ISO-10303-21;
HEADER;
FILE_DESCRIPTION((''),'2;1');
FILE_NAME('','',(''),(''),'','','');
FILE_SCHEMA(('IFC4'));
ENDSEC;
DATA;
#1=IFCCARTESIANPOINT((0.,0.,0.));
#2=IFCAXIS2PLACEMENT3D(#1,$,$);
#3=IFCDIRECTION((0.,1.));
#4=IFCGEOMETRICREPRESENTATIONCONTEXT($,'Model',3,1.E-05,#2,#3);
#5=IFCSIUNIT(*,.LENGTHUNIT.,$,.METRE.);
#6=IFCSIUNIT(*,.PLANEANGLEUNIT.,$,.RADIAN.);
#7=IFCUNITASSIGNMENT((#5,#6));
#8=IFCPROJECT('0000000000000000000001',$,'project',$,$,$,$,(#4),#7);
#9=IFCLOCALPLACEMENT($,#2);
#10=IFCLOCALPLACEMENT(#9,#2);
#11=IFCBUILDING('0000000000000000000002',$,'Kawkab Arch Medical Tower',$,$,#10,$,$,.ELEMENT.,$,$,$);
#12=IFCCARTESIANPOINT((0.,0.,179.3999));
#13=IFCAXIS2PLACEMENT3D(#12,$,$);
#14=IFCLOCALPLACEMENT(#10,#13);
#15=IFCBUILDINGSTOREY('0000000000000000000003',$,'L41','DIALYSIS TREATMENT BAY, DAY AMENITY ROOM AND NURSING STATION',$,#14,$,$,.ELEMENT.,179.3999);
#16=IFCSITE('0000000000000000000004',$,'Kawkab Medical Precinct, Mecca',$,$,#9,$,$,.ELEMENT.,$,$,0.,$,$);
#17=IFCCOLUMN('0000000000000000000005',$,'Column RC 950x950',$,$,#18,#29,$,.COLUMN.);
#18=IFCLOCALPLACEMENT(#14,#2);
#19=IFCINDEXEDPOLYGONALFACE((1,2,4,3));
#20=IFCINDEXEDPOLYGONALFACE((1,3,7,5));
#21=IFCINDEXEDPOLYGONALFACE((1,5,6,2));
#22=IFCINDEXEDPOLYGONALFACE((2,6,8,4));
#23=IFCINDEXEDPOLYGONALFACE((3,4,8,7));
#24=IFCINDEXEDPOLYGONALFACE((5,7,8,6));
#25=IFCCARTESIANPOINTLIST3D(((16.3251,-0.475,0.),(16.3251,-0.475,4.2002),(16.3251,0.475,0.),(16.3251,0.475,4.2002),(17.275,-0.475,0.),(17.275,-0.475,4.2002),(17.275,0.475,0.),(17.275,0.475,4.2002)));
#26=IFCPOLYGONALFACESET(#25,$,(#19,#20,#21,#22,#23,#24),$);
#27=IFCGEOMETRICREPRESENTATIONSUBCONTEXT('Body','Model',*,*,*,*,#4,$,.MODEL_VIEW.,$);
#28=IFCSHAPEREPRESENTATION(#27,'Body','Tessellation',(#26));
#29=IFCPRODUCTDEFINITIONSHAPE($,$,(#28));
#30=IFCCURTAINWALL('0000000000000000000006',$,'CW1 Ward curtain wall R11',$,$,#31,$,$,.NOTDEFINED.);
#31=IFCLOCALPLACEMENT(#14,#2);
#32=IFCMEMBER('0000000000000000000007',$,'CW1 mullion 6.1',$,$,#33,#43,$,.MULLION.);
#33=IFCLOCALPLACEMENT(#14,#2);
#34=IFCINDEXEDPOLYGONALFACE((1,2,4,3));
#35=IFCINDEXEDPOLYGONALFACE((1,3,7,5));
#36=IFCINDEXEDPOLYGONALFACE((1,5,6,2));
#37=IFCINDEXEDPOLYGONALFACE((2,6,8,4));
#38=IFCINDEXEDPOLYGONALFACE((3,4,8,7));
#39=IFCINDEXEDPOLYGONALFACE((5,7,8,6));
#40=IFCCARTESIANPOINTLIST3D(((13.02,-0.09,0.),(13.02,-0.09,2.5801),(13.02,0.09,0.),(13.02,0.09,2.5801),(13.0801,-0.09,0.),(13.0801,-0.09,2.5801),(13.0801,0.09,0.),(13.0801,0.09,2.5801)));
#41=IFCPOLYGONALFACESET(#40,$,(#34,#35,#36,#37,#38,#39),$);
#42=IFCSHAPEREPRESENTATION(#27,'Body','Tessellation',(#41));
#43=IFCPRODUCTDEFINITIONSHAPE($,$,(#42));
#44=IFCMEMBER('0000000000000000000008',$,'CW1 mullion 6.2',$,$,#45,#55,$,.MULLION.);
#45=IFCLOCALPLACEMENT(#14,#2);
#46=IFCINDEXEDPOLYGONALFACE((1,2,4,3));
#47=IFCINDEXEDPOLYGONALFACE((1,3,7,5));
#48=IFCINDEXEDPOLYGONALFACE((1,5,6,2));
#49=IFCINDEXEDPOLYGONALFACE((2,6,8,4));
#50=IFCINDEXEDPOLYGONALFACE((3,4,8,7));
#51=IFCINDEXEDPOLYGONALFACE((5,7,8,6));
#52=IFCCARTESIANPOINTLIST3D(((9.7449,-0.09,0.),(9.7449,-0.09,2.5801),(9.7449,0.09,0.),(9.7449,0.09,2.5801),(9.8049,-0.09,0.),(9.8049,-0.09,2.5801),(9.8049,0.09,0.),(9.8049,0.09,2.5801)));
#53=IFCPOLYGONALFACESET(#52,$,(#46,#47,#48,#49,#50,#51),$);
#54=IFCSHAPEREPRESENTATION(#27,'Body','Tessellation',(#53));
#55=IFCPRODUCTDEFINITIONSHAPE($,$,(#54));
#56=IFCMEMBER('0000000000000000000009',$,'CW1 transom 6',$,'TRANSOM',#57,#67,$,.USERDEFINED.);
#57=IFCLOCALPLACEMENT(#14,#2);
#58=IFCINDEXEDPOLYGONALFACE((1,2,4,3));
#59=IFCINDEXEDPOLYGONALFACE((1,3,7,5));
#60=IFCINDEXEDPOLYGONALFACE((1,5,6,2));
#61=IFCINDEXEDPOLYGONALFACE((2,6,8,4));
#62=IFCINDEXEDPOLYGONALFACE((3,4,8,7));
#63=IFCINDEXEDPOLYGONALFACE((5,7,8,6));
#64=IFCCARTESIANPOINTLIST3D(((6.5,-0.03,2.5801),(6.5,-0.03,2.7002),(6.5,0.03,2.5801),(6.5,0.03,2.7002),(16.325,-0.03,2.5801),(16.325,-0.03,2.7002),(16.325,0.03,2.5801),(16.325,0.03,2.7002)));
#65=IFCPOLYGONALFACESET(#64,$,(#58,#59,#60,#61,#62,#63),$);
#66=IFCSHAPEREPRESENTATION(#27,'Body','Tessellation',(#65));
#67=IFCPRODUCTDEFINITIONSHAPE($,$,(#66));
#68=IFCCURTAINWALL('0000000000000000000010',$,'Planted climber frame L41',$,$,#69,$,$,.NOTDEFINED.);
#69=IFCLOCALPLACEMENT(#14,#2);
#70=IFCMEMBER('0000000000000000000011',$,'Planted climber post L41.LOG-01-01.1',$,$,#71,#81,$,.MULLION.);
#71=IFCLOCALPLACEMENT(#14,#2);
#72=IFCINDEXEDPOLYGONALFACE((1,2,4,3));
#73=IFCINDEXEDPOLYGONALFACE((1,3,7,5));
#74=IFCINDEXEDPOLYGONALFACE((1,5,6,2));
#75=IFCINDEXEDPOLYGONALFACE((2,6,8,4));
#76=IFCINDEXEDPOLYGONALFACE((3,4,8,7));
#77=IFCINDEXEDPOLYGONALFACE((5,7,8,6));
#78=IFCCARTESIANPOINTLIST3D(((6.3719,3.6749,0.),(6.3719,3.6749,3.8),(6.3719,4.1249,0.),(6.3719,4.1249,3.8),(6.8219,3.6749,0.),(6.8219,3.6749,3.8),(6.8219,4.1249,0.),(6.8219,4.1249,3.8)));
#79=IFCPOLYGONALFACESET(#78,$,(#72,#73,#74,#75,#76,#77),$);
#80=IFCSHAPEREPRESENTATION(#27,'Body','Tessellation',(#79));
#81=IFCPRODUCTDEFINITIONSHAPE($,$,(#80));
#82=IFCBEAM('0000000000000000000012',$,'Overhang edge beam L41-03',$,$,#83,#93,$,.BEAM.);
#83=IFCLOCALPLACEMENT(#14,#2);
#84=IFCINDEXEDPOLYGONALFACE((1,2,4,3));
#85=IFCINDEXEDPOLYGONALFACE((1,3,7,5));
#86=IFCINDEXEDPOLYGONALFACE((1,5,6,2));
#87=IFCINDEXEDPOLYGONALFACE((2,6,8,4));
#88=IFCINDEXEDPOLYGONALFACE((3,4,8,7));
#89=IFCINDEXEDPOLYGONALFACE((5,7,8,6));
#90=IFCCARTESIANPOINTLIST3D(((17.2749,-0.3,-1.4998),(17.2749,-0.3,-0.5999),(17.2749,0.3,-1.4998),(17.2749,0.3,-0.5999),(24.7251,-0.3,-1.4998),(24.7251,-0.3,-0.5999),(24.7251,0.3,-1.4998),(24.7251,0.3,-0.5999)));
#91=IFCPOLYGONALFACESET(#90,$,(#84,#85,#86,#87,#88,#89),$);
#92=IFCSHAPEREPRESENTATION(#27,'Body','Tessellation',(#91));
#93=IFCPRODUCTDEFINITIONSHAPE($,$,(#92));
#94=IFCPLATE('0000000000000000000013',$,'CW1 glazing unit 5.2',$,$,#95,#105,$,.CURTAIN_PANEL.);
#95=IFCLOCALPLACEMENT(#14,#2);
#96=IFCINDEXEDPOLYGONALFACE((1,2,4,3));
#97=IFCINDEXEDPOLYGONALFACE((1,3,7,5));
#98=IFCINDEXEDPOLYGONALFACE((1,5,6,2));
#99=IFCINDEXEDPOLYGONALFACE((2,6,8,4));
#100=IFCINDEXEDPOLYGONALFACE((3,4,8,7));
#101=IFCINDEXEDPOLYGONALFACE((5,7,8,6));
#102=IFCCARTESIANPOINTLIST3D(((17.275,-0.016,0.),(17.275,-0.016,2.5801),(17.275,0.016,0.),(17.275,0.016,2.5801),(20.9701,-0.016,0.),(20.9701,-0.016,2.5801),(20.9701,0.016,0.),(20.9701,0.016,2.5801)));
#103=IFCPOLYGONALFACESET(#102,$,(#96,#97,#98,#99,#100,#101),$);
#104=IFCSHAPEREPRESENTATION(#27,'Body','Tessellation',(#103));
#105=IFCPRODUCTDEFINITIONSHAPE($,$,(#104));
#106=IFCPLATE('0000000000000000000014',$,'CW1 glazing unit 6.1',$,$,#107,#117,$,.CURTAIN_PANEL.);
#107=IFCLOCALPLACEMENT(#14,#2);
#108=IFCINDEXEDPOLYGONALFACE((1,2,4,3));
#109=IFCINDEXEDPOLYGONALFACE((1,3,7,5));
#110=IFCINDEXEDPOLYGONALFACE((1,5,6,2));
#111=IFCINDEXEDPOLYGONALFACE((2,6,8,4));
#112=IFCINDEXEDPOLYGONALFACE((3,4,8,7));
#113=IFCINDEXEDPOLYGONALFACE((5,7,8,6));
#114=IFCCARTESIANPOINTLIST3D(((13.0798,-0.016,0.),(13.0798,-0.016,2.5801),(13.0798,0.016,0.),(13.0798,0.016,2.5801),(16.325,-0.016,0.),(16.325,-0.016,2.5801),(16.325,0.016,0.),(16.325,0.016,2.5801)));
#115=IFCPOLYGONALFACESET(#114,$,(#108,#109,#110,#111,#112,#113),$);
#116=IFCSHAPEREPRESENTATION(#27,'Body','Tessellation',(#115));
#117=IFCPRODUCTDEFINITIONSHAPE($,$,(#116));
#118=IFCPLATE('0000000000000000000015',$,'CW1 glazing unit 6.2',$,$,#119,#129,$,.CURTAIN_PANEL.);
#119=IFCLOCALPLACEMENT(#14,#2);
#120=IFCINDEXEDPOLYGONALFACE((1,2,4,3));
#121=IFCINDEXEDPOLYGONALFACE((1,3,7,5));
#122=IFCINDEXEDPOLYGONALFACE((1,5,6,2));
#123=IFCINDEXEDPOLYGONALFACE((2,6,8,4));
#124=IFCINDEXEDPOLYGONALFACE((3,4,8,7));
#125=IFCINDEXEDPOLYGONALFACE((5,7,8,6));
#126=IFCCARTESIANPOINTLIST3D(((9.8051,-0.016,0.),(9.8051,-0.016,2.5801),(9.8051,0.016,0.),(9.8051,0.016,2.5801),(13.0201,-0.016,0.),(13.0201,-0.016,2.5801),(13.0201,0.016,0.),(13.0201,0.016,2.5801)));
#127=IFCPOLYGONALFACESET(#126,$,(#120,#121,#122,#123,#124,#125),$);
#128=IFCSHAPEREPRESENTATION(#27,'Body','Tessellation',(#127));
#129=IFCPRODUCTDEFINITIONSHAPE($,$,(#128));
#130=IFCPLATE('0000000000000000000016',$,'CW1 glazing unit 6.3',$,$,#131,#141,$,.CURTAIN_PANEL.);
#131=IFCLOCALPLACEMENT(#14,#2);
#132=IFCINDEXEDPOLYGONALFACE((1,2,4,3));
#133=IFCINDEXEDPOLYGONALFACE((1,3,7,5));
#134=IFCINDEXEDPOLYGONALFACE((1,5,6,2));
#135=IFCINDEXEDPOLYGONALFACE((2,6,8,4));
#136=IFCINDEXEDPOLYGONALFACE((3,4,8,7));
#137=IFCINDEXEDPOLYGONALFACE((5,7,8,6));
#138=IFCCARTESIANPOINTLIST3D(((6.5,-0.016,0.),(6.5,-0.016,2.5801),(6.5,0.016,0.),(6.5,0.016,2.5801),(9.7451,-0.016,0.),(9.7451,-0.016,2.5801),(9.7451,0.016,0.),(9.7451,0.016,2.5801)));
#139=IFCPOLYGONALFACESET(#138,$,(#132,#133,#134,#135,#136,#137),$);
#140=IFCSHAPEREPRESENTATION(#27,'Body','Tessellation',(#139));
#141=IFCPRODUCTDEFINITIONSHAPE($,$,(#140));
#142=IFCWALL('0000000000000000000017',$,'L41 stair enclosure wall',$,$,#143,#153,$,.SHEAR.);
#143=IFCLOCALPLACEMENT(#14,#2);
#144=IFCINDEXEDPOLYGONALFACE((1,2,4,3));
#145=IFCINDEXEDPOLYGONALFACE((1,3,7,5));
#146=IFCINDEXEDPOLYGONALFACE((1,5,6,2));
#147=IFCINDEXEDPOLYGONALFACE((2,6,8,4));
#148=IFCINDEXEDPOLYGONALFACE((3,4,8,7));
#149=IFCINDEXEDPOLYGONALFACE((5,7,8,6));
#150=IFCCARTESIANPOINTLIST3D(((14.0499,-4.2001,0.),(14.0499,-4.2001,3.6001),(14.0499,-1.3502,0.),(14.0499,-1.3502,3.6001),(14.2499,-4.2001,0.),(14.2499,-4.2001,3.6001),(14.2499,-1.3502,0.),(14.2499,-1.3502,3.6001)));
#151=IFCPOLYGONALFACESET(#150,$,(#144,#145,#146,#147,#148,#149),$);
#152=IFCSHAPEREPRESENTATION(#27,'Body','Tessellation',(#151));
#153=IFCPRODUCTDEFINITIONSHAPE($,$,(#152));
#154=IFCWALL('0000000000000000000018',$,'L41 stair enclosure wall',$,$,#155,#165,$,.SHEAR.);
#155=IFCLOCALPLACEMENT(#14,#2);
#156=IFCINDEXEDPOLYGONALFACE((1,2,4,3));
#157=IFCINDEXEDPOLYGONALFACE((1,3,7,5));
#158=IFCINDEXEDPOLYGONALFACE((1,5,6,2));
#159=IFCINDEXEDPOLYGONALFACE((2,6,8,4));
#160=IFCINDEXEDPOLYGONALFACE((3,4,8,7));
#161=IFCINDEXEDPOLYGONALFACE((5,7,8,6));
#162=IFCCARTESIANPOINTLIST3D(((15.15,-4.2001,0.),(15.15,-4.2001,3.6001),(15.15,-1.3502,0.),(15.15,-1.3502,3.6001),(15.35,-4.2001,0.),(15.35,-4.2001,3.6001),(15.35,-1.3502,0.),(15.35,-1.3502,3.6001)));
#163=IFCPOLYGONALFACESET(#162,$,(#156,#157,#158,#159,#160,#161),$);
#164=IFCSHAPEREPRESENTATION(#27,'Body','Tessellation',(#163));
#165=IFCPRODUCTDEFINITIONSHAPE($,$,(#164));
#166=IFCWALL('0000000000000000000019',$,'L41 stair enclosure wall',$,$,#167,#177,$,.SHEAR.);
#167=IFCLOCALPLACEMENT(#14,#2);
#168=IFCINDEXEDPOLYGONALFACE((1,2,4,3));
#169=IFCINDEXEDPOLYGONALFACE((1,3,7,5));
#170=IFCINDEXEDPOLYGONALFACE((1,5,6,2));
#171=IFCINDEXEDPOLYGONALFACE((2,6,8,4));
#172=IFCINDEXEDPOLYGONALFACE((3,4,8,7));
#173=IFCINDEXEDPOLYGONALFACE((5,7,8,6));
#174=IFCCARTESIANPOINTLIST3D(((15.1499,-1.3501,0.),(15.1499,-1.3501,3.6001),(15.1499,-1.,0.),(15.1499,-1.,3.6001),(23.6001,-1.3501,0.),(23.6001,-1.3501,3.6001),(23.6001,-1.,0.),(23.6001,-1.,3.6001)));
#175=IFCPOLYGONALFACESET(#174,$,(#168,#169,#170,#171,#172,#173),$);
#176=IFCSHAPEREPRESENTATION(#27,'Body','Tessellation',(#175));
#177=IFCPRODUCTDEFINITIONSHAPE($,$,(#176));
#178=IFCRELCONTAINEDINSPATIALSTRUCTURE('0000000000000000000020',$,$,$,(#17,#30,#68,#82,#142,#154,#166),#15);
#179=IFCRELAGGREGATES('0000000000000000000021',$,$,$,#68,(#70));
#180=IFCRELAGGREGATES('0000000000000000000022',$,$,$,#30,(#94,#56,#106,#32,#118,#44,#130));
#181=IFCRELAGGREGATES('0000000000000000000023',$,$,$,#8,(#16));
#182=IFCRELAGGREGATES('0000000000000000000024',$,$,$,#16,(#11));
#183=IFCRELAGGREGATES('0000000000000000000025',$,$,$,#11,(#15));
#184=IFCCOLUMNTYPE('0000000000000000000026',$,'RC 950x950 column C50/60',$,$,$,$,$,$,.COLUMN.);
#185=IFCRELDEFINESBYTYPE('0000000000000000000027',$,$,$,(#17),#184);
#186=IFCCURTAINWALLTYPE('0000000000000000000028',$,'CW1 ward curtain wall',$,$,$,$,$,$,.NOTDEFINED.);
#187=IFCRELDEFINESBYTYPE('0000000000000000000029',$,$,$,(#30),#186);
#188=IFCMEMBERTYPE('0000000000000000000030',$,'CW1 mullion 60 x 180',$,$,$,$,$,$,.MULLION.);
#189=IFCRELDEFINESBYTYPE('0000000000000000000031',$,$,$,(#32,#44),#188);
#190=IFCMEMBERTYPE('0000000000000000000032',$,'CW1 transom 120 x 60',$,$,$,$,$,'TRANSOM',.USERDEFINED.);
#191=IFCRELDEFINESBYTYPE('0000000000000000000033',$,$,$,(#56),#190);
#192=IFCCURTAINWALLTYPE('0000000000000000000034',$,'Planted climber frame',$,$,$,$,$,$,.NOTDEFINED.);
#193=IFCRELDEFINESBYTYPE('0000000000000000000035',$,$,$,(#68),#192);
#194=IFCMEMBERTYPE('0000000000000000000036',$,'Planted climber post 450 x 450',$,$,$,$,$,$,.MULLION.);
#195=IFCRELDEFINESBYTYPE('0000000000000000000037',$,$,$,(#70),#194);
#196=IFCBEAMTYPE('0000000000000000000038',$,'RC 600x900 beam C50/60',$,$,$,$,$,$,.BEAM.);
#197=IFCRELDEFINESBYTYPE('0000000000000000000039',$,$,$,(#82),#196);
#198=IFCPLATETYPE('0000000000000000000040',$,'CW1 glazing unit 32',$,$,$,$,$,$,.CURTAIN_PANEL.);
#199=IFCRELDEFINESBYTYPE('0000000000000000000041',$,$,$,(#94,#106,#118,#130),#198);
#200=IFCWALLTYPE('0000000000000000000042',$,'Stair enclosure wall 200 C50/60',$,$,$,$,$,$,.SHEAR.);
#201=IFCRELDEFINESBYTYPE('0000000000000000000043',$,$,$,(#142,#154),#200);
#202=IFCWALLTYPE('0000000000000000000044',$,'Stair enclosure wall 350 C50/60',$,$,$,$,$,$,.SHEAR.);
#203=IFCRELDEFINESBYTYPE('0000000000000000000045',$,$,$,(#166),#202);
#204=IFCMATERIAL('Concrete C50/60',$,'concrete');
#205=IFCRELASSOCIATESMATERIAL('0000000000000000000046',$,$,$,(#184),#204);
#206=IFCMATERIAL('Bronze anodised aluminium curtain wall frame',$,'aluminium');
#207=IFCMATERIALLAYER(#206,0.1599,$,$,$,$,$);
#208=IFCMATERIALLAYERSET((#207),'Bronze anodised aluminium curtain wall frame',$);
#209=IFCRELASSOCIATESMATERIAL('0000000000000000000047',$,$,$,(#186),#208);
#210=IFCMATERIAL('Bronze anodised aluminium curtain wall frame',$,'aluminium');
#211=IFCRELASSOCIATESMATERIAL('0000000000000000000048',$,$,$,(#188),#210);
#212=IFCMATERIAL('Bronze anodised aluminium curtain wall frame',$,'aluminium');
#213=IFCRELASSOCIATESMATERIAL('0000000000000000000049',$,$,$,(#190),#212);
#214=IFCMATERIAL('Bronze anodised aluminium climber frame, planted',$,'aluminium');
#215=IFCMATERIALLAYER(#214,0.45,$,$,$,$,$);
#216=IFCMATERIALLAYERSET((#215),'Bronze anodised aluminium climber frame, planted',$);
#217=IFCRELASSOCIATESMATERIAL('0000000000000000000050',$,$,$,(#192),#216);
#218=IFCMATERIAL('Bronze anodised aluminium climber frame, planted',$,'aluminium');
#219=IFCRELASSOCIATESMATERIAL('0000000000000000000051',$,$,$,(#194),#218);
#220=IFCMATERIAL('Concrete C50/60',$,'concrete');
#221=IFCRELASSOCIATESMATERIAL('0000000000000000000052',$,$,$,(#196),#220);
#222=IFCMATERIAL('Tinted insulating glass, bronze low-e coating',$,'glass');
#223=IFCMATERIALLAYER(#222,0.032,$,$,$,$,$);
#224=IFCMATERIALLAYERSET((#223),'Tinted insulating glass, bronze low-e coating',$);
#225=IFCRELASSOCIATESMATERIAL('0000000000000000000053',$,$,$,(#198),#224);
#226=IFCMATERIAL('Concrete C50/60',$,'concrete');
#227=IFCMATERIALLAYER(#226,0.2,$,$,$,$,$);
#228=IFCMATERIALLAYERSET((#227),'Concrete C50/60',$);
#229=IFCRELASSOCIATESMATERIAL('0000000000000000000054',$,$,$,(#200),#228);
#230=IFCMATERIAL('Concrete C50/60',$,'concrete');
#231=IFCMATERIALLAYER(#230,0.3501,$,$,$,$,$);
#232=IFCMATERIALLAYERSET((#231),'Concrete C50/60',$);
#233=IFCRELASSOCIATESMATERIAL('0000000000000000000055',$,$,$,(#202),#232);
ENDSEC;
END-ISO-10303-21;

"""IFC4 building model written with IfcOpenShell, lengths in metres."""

from ifc_helpers import new_model, si_unit, direction, frame, frame_2d, origin, origin_2d, place, context, subcontext, project, spatial, rectangle, extrude, material, layer, layer_set, material_profile, profile_set, type_object, element, aggregate, save


model = new_model("IFC4")

# Units and contexts
model_context = context("Model", 3, precision=1e-05, world=origin(), true_north=direction((0.0, 1.0)))
body_context = subcontext(model_context, "Body", "Model", "MODEL_VIEW")
ifc_project = project(units=[si_unit("LENGTHUNIT", "METRE"), si_unit("PLANEANGLEUNIT", "RADIAN")], contexts=[model_context])

# Site, building, storey
site_placement = place(None, origin())
site = spatial("IfcSite", under=ifc_project, at=site_placement, Name="Kawkab Medical Precinct, Mecca", CompositionType="ELEMENT", RefElevation=0.0)
building_placement = place(site_placement, origin())
building = spatial("IfcBuilding", under=site, at=building_placement, Name="Kawkab Arch Medical Tower", CompositionType="ELEMENT")
storey_placement = place(building_placement, frame((0.0, 0.0, 179.3999)))
storey = spatial("IfcBuildingStorey", under=building, at=storey_placement, Name="L41", Description="DIALYSIS TREATMENT BAY, DAY AMENITY ROOM AND NURSING STATION", CompositionType="ELEMENT", Elevation=179.3999)

# Column
ifc_material_1 = material(Name="Concrete C50/60", Category="concrete")
ifc_material_profile_1 = material_profile(ifc_material_1, rectangle(XDim=0.95, YDim=0.95, at=origin_2d()), Name="RC 950x950")
ifc_profile_set_1 = profile_set([ifc_material_profile_1], Name="Concrete C50/60")
column_type = type_object("IfcColumnType", Name="RC 950x950 column C50/60", PredefinedType="COLUMN", material=ifc_profile_set_1)
column_placement = place(storey_placement, frame((16.8, 0.0, 0.0), z_axis=(0.0, 0.0, 1.0), x_axis=(1.0, 0.0, 0.0)))
element("IfcColumn", 1, at=column_placement, inside=storey, type_object=column_type, Name="Column RC 950x950", PredefinedType="COLUMN", context=body_context, shape_type="SweptSolid", body=[
    extrude(rectangle(XDim=0.95, YDim=0.95, at=origin_2d()), origin(), (0.0, 0.0, 1.0), 4.2002),
])

# Curtain wall, members
ifc_material_2 = material(Name="Bronze anodised aluminium curtain wall frame", Category="aluminium")
ifc_layer_1 = layer(ifc_material_2, 0.1599)
ifc_layer_set_1 = layer_set([ifc_layer_1], Name="Bronze anodised aluminium curtain wall frame")
curtain_wall_type_1 = type_object("IfcCurtainWallType", Name="CW1 ward curtain wall", PredefinedType="NOTDEFINED", material=ifc_layer_set_1)
placement = place(storey_placement, origin())
curtain_wall_1 = element("IfcCurtainWall", 2, at=placement, inside=storey, type_object=curtain_wall_type_1, Name="CW1 Ward curtain wall R11", PredefinedType="NOTDEFINED")
ifc_material_3 = material(Name="Bronze anodised aluminium curtain wall frame", Category="aluminium")
ifc_material_profile_2 = material_profile(ifc_material_3, rectangle(XDim=0.1799, YDim=0.0601, at=origin_2d()), Name="AL 60x180")
ifc_profile_set_2 = profile_set([ifc_material_profile_2], Name="Bronze anodised aluminium curtain wall frame")
member_type_1 = type_object("IfcMemberType", Name="CW1 mullion 60 x 180", PredefinedType="MULLION", material=ifc_profile_set_2)
member_1_placement = place(storey_placement, frame((13.05, 0.0, 0.0), z_axis=(0.0, 0.0, 1.0), x_axis=(0.0, -1.0, 0.0)))
member_1 = element("IfcMember", 3, at=member_1_placement, type_object=member_type_1, Name="CW1 mullion 6.1", PredefinedType="MULLION", context=body_context, shape_type="SweptSolid", body=[
    extrude(rectangle(XDim=0.1799, YDim=0.0601, at=origin_2d()), origin(), (0.0, 0.0, 1.0), 2.5801),
])
member_2_placement = place(storey_placement, frame((9.7749, 0.0, 0.0), z_axis=(0.0, 0.0, 1.0), x_axis=(0.0, -1.0, 0.0)))
member_2 = element("IfcMember", 4, at=member_2_placement, type_object=member_type_1, Name="CW1 mullion 6.2", PredefinedType="MULLION", context=body_context, shape_type="SweptSolid", body=[
    extrude(rectangle(XDim=0.1799, YDim=0.0601, at=origin_2d()), origin(), (0.0, 0.0, 1.0), 2.5801),
])
ifc_material_4 = material(Name="Bronze anodised aluminium curtain wall frame", Category="aluminium")
ifc_material_profile_3 = material_profile(ifc_material_4, rectangle(XDim=0.0601, YDim=0.1201, at=origin_2d()), Name="AL 60x120")
ifc_profile_set_3 = profile_set([ifc_material_profile_3], Name="Bronze anodised aluminium curtain wall frame")
member_type_2 = type_object("IfcMemberType", Name="CW1 transom 120 x 60", ElementType="TRANSOM", PredefinedType="USERDEFINED", material=ifc_profile_set_3)
member_3_placement = place(storey_placement, frame((16.325, 0.0, 2.6401), z_axis=(-1.0, 0.0, 0.0), x_axis=(0.0, -1.0, 0.0)))
member_3 = element("IfcMember", 5, at=member_3_placement, type_object=member_type_2, Name="CW1 transom 6", ObjectType="TRANSOM", PredefinedType="USERDEFINED", context=body_context, shape_type="SweptSolid", body=[
    extrude(rectangle(XDim=0.0601, YDim=0.1201, at=origin_2d()), origin(), (0.0, 0.0, 1.0), 9.825),
])

# Curtain wall, member
ifc_material_5 = material(Name="Bronze anodised aluminium climber frame, planted", Category="aluminium")
ifc_layer_2 = layer(ifc_material_5, 0.45)
ifc_layer_set_2 = layer_set([ifc_layer_2], Name="Bronze anodised aluminium climber frame, planted")
curtain_wall_type_2 = type_object("IfcCurtainWallType", Name="Planted climber frame", PredefinedType="NOTDEFINED", material=ifc_layer_set_2)
curtain_wall_2 = element("IfcCurtainWall", 6, at=placement, inside=storey, type_object=curtain_wall_type_2, Name="Planted climber frame L41", PredefinedType="NOTDEFINED")
ifc_material_6 = material(Name="Bronze anodised aluminium climber frame, planted", Category="aluminium")
ifc_material_profile_4 = material_profile(ifc_material_6, rectangle(XDim=0.45, YDim=0.45, at=origin_2d()), Name="Post 450x450")
ifc_profile_set_4 = profile_set([ifc_material_profile_4], Name="Bronze anodised aluminium climber frame, planted")
member_type_3 = type_object("IfcMemberType", Name="Planted climber post 450 x 450", PredefinedType="MULLION", material=ifc_profile_set_4)
member_4_placement = place(storey_placement, frame((6.5969, 3.8999, 0.0), z_axis=(0.0, 0.0, 1.0), x_axis=(1.0, 0.0, 0.0)))
member_4 = element("IfcMember", 7, at=member_4_placement, type_object=member_type_3, Name="Planted climber post L41.LOG-01-01.1", PredefinedType="MULLION", context=body_context, shape_type="SweptSolid", body=[
    extrude(rectangle(XDim=0.45, YDim=0.45, at=origin_2d()), origin(), (0.0, 0.0, 1.0), 3.8),
])
aggregate(curtain_wall_2, [member_4])

# Beam
ifc_material_7 = material(Name="Concrete C50/60", Category="concrete")
ifc_material_profile_5 = material_profile(ifc_material_7, rectangle(XDim=0.6001, YDim=0.8999, at=origin_2d()), Name="RC 600x900")
ifc_profile_set_5 = profile_set([ifc_material_profile_5], Name="Concrete C50/60")
beam_type = type_object("IfcBeamType", Name="RC 600x900 beam C50/60", PredefinedType="BEAM", material=ifc_profile_set_5)
beam_placement = place(storey_placement, frame((17.2749, 0.0, -1.0498), z_axis=(1.0, 0.0, 0.0), x_axis=(0.0, 1.0, 0.0)))
element("IfcBeam", 8, at=beam_placement, inside=storey, type_object=beam_type, Name="Overhang edge beam L41-03", PredefinedType="BEAM", context=body_context, shape_type="SweptSolid", body=[
    extrude(rectangle(XDim=0.6001, YDim=0.8999, at=origin_2d()), origin(), (0.0, 0.0, 1.0), 7.4502),
])

# Plates
ifc_material_8 = material(Name="Tinted insulating glass, bronze low-e coating", Category="glass")
ifc_layer_3 = layer(ifc_material_8, 0.032)
ifc_layer_set_3 = layer_set([ifc_layer_3], Name="Tinted insulating glass, bronze low-e coating")
plate_type = type_object("IfcPlateType", Name="CW1 glazing unit 32", PredefinedType="CURTAIN_PANEL", material=ifc_layer_set_3)
plate_1_placement = place(storey_placement, frame((19.1226, 0.0, 0.0), z_axis=(0.0, 0.0, 1.0), x_axis=(-1.0, 0.0, 0.0)))
plate_1 = element("IfcPlate", 9, at=plate_1_placement, type_object=plate_type, Name="CW1 glazing unit 5.2", PredefinedType="CURTAIN_PANEL", context=body_context, shape_type="SweptSolid", body=[
    extrude(rectangle(XDim=3.6951, YDim=0.032, at=origin_2d()), origin(), (0.0, 0.0, 1.0), 2.5801),
])
plate_2_placement = place(storey_placement, frame((14.7024, 0.0, 0.0), z_axis=(0.0, 0.0, 1.0), x_axis=(-1.0, 0.0, 0.0)))
plate_2 = element("IfcPlate", 10, at=plate_2_placement, type_object=plate_type, Name="CW1 glazing unit 6.1", PredefinedType="CURTAIN_PANEL", context=body_context, shape_type="SweptSolid", body=[
    extrude(rectangle(XDim=3.2451, YDim=0.032, at=origin_2d()), origin(), (0.0, 0.0, 1.0), 2.5801),
])
plate_3_placement = place(storey_placement, frame((11.4126, 0.0, 0.0), z_axis=(0.0, 0.0, 1.0), x_axis=(-1.0, 0.0, 0.0)))
plate_3 = element("IfcPlate", 11, at=plate_3_placement, type_object=plate_type, Name="CW1 glazing unit 6.2", PredefinedType="CURTAIN_PANEL", context=body_context, shape_type="SweptSolid", body=[
    extrude(rectangle(XDim=3.2151, YDim=0.032, at=origin_2d()), origin(), (0.0, 0.0, 1.0), 2.5801),
])
plate_4_placement = place(storey_placement, frame((8.1226, 0.0, 0.0), z_axis=(0.0, 0.0, 1.0), x_axis=(-1.0, 0.0, 0.0)))
plate_4 = element("IfcPlate", 12, at=plate_4_placement, type_object=plate_type, Name="CW1 glazing unit 6.3", PredefinedType="CURTAIN_PANEL", context=body_context, shape_type="SweptSolid", body=[
    extrude(rectangle(XDim=3.2451, YDim=0.032, at=origin_2d()), origin(), (0.0, 0.0, 1.0), 2.5801),
])
aggregate(curtain_wall_1, [plate_1, member_3, plate_2, member_1, plate_3, member_2, plate_4])

# Walls
ifc_material_9 = material(Name="Concrete C50/60", Category="concrete")
ifc_layer_4 = layer(ifc_material_9, 0.2)
ifc_layer_set_4 = layer_set([ifc_layer_4], Name="Concrete C50/60")
wall_type_1 = type_object("IfcWallType", Name="Stair enclosure wall 200 C50/60", PredefinedType="SHEAR", material=ifc_layer_set_4)
for number, where, z_axis, x_axis, name in (
    (13, (14.1499, -4.2, 0.0), (0.0, 0.0, 1.0), (0.0, 1.0, 0.0), "L41 stair enclosure wall"),
    (14, (15.25, -4.2, 0.0), (0.0, 0.0, 1.0), (0.0, 1.0, 0.0), "L41 stair enclosure wall"),
):
    element("IfcWall", number, at=place(storey_placement, frame(where, z_axis=z_axis, x_axis=x_axis)), inside=storey, type_object=wall_type_1, Name=name, PredefinedType="SHEAR", context=body_context, shape_type="SweptSolid", body=[
        extrude(rectangle(XDim=2.8499, YDim=0.2, at=frame_2d((1.4248, 0.0))), origin(), (0.0, 0.0, 1.0), 3.6001),
    ])
ifc_material_10 = material(Name="Concrete C50/60", Category="concrete")
ifc_layer_5 = layer(ifc_material_10, 0.3501)
ifc_layer_set_5 = layer_set([ifc_layer_5], Name="Concrete C50/60")
wall_type_2 = type_object("IfcWallType", Name="Stair enclosure wall 350 C50/60", PredefinedType="SHEAR", material=ifc_layer_set_5)
wall_placement = place(storey_placement, frame((15.1499, -1.175, 0.0), z_axis=(0.0, 0.0, 1.0), x_axis=(1.0, 0.0, 0.0)))
element("IfcWall", 15, at=wall_placement, inside=storey, type_object=wall_type_2, Name="L41 stair enclosure wall", PredefinedType="SHEAR", context=body_context, shape_type="SweptSolid", body=[
    extrude(rectangle(XDim=8.4502, YDim=0.3501, at=frame_2d((4.2251, 0.0))), origin(), (0.0, 0.0, 1.0), 3.6001),
])

save(model, "model.ifc")
